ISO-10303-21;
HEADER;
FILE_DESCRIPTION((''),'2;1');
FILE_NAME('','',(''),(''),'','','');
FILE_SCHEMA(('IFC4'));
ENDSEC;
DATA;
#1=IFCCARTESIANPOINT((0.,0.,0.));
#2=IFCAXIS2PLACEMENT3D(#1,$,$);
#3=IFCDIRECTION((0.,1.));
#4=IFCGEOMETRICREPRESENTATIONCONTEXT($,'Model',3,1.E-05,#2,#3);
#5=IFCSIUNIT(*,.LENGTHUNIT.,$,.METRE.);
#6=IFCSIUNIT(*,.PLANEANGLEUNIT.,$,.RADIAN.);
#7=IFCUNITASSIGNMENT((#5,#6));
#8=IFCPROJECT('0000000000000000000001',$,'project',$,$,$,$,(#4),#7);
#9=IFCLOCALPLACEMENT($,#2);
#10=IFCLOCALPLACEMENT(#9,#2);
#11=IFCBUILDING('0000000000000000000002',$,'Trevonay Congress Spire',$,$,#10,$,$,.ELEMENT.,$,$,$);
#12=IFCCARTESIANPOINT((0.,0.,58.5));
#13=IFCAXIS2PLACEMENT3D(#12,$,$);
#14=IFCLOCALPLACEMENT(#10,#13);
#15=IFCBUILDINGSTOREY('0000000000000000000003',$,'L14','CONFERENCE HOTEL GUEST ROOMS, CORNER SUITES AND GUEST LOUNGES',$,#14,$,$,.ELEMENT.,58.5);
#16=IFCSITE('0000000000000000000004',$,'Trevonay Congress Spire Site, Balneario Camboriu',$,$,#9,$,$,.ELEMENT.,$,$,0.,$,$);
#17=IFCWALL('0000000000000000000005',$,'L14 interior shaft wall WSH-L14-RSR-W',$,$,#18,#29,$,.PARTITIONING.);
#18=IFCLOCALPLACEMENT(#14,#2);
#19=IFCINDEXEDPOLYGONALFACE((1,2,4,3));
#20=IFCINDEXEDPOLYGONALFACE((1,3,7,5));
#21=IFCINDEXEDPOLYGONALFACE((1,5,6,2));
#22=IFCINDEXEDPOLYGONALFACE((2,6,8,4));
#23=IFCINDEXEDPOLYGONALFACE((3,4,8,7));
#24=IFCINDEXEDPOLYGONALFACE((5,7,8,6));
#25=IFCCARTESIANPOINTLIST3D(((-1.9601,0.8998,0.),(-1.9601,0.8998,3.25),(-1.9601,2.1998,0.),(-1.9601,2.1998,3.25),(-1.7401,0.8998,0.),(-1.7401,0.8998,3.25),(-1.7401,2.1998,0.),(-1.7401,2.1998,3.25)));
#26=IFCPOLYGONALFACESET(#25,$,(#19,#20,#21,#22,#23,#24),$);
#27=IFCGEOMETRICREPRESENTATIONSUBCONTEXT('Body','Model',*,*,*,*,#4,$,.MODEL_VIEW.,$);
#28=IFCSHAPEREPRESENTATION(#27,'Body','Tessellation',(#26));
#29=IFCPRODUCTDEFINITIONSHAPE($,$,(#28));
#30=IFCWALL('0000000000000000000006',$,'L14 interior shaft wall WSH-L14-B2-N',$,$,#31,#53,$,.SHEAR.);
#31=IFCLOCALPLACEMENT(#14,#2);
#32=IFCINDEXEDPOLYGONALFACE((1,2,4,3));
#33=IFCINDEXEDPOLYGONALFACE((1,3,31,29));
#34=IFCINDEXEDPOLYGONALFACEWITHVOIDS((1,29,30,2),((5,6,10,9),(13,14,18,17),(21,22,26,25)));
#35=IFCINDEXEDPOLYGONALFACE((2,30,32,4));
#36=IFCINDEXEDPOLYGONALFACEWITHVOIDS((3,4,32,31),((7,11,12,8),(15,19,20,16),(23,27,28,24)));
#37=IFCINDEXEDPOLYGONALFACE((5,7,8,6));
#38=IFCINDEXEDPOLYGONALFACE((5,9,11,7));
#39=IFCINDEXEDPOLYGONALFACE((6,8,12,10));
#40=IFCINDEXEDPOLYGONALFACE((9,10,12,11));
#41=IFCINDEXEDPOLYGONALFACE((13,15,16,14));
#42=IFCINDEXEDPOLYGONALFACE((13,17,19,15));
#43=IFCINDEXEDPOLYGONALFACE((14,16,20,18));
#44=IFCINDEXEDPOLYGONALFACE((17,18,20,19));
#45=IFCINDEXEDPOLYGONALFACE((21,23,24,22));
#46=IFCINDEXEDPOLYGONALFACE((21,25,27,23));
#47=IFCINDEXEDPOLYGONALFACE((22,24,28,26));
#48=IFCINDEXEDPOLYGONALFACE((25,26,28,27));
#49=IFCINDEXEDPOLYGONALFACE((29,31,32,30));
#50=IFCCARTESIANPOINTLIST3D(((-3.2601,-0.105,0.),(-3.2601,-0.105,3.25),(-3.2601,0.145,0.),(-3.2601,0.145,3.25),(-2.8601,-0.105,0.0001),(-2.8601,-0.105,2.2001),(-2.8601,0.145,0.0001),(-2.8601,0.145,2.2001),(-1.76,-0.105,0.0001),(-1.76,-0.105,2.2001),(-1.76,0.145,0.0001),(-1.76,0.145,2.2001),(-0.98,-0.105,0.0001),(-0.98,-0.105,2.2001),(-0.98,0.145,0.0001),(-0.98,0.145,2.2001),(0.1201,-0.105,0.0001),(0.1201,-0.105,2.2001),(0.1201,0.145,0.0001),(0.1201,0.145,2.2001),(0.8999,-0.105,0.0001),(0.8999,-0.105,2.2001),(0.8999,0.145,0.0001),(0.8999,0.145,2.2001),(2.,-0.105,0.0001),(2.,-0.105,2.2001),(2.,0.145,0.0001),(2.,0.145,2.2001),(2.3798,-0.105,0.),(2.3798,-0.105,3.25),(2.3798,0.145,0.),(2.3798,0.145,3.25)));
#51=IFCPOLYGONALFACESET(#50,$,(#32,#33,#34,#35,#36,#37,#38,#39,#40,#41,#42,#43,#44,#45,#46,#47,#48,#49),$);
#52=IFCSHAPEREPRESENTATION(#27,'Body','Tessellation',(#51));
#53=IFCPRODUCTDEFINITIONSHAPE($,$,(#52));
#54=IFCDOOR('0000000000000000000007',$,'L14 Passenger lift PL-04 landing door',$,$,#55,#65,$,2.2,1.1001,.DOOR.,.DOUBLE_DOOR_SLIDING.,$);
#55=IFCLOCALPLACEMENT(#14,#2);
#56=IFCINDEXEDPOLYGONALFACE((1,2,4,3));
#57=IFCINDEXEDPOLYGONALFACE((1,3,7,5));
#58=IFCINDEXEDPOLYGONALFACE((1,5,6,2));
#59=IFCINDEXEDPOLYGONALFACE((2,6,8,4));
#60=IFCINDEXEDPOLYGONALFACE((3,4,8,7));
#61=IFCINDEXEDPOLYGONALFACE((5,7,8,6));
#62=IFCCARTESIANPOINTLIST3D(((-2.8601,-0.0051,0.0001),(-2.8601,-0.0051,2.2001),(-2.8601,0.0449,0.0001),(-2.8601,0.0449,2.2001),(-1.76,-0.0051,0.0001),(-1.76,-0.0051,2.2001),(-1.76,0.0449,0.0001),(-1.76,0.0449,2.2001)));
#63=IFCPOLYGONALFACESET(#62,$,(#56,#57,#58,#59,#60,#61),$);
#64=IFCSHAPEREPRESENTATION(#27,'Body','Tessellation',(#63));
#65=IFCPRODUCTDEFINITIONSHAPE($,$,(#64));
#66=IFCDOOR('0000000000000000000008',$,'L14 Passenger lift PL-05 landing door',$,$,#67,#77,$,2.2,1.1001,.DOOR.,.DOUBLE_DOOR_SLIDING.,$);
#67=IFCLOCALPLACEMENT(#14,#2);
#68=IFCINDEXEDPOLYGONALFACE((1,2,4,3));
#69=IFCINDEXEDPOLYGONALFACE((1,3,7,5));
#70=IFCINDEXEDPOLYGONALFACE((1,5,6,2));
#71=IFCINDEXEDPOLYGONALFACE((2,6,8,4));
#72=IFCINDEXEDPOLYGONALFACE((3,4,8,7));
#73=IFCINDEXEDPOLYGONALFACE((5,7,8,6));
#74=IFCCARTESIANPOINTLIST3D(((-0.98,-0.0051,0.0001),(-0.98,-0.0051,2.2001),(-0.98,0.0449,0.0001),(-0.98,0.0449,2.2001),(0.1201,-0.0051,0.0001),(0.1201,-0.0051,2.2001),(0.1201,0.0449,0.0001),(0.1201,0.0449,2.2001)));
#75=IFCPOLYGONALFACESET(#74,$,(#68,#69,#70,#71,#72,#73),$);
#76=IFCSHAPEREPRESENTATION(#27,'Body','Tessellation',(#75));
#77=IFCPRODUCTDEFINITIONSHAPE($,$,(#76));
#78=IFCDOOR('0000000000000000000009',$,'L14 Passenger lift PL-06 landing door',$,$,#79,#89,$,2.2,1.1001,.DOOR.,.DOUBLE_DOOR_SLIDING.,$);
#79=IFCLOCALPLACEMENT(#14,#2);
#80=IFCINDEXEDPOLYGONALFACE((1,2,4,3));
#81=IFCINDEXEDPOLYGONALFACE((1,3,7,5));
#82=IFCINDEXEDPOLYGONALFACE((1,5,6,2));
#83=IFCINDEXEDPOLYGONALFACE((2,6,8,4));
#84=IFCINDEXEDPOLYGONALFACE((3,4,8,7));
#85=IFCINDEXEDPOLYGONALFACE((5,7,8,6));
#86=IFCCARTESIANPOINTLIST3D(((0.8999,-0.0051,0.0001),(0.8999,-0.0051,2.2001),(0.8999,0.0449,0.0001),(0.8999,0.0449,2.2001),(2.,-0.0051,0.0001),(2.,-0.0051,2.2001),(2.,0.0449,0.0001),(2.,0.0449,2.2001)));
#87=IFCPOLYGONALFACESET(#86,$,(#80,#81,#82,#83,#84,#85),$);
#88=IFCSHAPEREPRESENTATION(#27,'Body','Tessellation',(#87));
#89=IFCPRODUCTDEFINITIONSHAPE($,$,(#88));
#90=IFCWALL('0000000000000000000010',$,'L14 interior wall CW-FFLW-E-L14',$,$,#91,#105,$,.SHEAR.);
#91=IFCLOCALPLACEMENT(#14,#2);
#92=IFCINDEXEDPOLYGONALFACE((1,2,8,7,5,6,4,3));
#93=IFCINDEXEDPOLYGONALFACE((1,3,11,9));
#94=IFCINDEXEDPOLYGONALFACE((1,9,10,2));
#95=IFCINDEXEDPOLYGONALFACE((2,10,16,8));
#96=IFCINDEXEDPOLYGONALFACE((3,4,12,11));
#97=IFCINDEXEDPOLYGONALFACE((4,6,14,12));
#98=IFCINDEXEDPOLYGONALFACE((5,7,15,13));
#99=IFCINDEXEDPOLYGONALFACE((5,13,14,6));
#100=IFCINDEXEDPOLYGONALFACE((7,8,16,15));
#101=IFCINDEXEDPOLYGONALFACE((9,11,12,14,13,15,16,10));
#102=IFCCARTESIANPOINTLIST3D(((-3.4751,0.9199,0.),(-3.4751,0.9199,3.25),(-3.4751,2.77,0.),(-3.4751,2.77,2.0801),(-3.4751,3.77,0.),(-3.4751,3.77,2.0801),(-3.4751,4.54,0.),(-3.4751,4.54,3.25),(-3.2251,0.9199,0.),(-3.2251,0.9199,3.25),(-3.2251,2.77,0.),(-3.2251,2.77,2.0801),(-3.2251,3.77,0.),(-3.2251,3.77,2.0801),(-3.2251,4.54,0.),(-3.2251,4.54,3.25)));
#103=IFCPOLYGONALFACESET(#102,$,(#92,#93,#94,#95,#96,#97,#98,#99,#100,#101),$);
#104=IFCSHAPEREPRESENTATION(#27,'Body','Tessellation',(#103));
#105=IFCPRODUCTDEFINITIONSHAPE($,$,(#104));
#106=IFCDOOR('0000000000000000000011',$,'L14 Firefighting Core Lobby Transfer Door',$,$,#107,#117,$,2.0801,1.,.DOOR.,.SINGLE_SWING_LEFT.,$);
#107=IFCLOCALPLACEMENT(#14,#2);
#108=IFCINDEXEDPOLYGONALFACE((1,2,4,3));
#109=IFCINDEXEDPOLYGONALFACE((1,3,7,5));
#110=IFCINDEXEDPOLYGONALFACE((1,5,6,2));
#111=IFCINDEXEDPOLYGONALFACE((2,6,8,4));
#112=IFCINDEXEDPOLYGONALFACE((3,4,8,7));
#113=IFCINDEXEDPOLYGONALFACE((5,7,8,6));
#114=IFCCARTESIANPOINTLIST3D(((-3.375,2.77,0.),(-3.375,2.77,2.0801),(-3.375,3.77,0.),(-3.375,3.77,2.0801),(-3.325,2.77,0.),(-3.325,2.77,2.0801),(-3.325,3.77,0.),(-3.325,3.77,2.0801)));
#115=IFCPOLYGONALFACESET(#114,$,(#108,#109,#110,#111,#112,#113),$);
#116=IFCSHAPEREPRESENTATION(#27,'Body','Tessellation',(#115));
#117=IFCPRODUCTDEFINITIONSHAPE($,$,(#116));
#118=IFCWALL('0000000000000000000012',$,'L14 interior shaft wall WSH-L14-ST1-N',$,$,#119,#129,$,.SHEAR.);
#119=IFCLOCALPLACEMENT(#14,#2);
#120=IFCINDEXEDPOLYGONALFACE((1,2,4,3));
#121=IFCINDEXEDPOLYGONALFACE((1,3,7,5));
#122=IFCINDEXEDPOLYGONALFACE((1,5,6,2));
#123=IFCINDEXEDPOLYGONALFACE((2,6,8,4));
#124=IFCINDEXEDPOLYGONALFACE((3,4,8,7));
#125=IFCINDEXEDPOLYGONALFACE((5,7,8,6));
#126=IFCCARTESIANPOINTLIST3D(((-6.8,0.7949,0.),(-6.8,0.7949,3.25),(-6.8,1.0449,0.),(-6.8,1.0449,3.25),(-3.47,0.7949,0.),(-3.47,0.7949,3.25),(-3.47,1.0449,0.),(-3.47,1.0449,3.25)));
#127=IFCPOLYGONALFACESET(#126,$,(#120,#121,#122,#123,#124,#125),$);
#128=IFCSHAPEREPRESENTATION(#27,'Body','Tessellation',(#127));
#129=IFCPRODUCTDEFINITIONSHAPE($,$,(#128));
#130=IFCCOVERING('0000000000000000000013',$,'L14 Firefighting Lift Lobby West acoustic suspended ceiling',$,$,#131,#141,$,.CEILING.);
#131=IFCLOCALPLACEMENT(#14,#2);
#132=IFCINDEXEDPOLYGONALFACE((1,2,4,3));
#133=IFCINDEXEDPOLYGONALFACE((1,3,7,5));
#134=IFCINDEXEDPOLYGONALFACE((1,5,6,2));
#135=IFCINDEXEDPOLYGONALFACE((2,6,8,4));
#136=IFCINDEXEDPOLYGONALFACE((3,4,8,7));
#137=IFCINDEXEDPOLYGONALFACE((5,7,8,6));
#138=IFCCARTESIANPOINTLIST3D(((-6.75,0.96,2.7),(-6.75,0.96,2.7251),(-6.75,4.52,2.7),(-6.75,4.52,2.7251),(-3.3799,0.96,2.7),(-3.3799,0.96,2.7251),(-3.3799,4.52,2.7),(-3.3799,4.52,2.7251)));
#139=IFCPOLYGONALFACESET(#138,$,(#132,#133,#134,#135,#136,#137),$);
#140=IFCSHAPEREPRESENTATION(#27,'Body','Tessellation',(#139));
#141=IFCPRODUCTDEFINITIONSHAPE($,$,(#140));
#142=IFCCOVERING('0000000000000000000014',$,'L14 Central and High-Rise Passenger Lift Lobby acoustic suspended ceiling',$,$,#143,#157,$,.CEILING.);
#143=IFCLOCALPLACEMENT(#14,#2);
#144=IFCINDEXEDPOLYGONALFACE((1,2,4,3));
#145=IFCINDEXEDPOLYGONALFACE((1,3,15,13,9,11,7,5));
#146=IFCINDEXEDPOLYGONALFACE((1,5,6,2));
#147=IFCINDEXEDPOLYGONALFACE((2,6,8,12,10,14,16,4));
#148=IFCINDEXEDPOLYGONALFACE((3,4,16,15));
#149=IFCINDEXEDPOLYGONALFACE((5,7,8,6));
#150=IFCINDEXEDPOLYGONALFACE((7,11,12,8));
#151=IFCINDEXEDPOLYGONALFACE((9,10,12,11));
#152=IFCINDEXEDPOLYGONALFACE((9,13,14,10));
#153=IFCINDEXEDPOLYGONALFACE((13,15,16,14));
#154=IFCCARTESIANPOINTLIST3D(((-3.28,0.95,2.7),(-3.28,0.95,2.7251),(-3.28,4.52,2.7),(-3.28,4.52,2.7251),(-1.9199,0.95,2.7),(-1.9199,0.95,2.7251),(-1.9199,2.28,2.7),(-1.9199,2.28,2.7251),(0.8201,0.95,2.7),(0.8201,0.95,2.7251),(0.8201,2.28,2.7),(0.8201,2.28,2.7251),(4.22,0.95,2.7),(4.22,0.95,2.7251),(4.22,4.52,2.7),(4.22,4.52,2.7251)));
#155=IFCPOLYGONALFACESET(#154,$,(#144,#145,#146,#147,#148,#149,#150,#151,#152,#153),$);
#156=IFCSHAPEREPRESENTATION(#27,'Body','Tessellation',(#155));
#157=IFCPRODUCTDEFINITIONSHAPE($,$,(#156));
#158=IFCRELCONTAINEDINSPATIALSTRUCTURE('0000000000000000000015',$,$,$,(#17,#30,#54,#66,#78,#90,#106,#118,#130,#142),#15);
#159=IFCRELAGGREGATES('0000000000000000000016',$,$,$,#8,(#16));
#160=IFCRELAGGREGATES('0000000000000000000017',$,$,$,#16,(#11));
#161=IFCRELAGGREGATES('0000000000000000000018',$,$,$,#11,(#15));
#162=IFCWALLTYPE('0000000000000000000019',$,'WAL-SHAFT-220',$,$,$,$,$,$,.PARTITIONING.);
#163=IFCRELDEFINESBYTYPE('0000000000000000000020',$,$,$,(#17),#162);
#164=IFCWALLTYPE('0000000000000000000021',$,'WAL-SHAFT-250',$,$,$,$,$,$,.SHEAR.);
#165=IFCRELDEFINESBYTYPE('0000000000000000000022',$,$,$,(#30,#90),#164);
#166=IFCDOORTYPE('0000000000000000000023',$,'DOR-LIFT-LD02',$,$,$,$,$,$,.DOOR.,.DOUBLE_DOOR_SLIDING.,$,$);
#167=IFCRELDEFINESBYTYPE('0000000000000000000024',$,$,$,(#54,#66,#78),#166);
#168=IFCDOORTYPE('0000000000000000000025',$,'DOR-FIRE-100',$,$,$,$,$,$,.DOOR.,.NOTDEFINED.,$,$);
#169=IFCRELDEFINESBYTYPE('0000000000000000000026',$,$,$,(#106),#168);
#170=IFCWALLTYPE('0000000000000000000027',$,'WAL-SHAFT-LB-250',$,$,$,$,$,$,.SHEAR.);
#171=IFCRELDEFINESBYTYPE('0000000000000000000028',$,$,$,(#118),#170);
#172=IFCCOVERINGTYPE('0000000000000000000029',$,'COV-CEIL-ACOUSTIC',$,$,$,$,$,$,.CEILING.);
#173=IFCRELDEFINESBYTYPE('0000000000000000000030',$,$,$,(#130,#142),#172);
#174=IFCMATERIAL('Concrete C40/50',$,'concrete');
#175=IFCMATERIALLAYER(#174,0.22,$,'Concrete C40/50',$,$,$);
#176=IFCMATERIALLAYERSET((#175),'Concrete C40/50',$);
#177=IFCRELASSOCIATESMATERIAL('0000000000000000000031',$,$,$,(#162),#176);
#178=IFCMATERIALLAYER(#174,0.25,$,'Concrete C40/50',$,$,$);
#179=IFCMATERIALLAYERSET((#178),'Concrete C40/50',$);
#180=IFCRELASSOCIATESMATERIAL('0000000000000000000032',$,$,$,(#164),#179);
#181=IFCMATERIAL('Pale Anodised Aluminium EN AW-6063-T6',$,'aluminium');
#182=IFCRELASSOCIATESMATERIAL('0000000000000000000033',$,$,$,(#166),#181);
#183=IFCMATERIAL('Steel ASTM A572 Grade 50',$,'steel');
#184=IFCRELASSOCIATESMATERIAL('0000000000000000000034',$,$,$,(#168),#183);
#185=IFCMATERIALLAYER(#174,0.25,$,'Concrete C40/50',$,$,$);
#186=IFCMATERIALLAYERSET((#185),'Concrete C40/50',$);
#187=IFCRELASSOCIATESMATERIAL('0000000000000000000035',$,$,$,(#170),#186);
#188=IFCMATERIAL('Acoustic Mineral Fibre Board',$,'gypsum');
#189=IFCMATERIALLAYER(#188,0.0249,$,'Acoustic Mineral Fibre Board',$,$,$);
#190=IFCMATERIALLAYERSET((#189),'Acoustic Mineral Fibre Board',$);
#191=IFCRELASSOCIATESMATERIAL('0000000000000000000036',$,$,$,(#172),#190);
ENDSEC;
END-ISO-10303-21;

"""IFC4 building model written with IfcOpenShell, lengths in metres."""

from ifc_helpers import new_model, si_unit, direction, frame, frame_2d, origin, place, context, subcontext, project, spatial, polyline, rectangle, outline, extrude, material, layer, layer_set, type_object, element, fill, save


model = new_model("IFC4")

# Units and contexts
model_context = context("Model", 3, precision=1e-05, world=origin(), true_north=direction((0.0, 1.0)))
body_context = subcontext(model_context, "Body", "Model", "MODEL_VIEW")
ifc_project = project(units=[si_unit("LENGTHUNIT", "METRE"), si_unit("PLANEANGLEUNIT", "RADIAN")], contexts=[model_context])

# Site, building, storey
site_placement = place(None, origin())
site = spatial("IfcSite", under=ifc_project, at=site_placement, Name="Trevonay Congress Spire Site, Balneario Camboriu", CompositionType="ELEMENT", RefElevation=0.0)
building_placement = place(site_placement, origin())
building = spatial("IfcBuilding", under=site, at=building_placement, Name="Trevonay Congress Spire", CompositionType="ELEMENT")
storey_placement = place(building_placement, frame((0.0, 0.0, 58.5)))
storey = spatial("IfcBuildingStorey", under=building, at=storey_placement, Name="L14", Description="CONFERENCE HOTEL GUEST ROOMS, CORNER SUITES AND GUEST LOUNGES", CompositionType="ELEMENT", Elevation=58.5)

# Shared definitions
ifc_material_1 = material(Name="Steel ASTM A572 Grade 50", Category="steel")

# Shared definitions
ifc_material_2 = material(Name="Concrete C40/50", Category="concrete")

# Wall
ifc_layer_1 = layer(ifc_material_2, 0.22, Name="Concrete C40/50")
ifc_layer_set_1 = layer_set([ifc_layer_1], Name="Concrete C40/50")
wall_type_1 = type_object("IfcWallType", Name="WAL-SHAFT-220", PredefinedType="PARTITIONING", material=ifc_layer_set_1)
for number, where, z_axis, x_axis, name in (
    (1, (-1.8501, 0.8999, 0.0), (0.0, 0.0, 1.0), (0.0, 1.0, 0.0), "L14 interior shaft wall WSH-L14-RSR-W"),
):
    element("IfcWall", number, at=place(storey_placement, frame(where, z_axis=z_axis, x_axis=x_axis)), inside=storey, type_object=wall_type_1, Name=name, PredefinedType="PARTITIONING", context=body_context, shape_type="SweptSolid", body=[
        extrude(rectangle(XDim=1.3, YDim=0.22, at=frame_2d((0.6499, 0.0))), origin(), (0.0, 0.0, 1.0), 3.25),
    ])

# Wall, openings, doors
ifc_layer_2 = layer(ifc_material_2, 0.25, Name="Concrete C40/50")
ifc_layer_set_2 = layer_set([ifc_layer_2], Name="Concrete C40/50")
wall_type_2 = type_object("IfcWallType", Name="WAL-SHAFT-250", PredefinedType="SHEAR", material=ifc_layer_set_2)
wall_1_placement = place(storey_placement, frame((-3.26, 0.02, 0.0), z_axis=(0.0, 0.0, 1.0), x_axis=(1.0, 0.0, 0.0)))
wall_1 = element("IfcWall", 2, at=wall_1_placement, inside=storey, type_object=wall_type_2, Name="L14 interior shaft wall WSH-L14-B2-N", PredefinedType="SHEAR", context=body_context, shape_type="SweptSolid", body=[
    extrude(rectangle(XDim=5.6399, YDim=0.25, at=frame_2d((2.8198, 0.0))), origin(), (0.0, 0.0, 1.0), 3.25),
])
opening_1_placement = place(wall_1_placement, frame((0.3999, 0.0, 0.0)))
opening_1 = element("IfcOpeningElement", 3, at=opening_1_placement, cuts=wall_1, PredefinedType="OPENING", context=body_context, shape_type="SweptSolid", body=[
    extrude(rectangle(XDim=1.1001, YDim=2.2, at=frame_2d((0.55, 1.1001))), frame((0.0, 0.135, 0.0), z_axis=(0.0, -1.0, 0.0), x_axis=(1.0, 0.0, 0.0)), (0.0, 0.0, 1.0), 0.27),
])
opening_2_placement = place(wall_1_placement, frame((2.28, 0.0, 0.0)))
opening_2 = element("IfcOpeningElement", 4, at=opening_2_placement, cuts=wall_1, PredefinedType="OPENING", context=body_context, shape_type="SweptSolid", body=[
    extrude(rectangle(XDim=1.1001, YDim=2.2, at=frame_2d((0.55, 1.1001))), frame((0.0, 0.135, 0.0), z_axis=(0.0, -1.0, 0.0), x_axis=(1.0, 0.0, 0.0)), (0.0, 0.0, 1.0), 0.27),
])
opening_3_placement = place(wall_1_placement, frame((4.1599, 0.0, 0.0)))
opening_3 = element("IfcOpeningElement", 5, at=opening_3_placement, cuts=wall_1, PredefinedType="OPENING", context=body_context, shape_type="SweptSolid", body=[
    extrude(rectangle(XDim=1.1001, YDim=2.2, at=frame_2d((0.55, 1.1001))), frame((0.0, 0.135, 0.0), z_axis=(0.0, -1.0, 0.0), x_axis=(1.0, 0.0, 0.0)), (0.0, 0.0, 1.0), 0.27),
])
ifc_material_3 = material(Name="Pale Anodised Aluminium EN AW-6063-T6", Category="aluminium")
door_type_1 = type_object("IfcDoorType", Name="DOR-LIFT-LD02", OperationType="DOUBLE_DOOR_SLIDING", PredefinedType="DOOR", material=ifc_material_3)
door_1_placement = place(opening_1_placement, origin())
door_1 = element("IfcDoor", 6, at=door_1_placement, inside=storey, type_object=door_type_1, Name="L14 Passenger lift PL-04 landing door", OperationType="DOUBLE_DOOR_SLIDING", OverallHeight=2.2, OverallWidth=1.1001, PredefinedType="DOOR", context=body_context, shape_type="SweptSolid", body=[
    extrude(rectangle(XDim=1.1001, YDim=2.2, at=frame_2d((0.55, 1.1001))), frame((0.0, 0.0249, 0.0), z_axis=(0.0, -1.0, 0.0), x_axis=(1.0, 0.0, 0.0)), (0.0, 0.0, 1.0), 0.05),
])
fill(opening_1, door_1)
door_2_placement = place(opening_2_placement, origin())
door_2 = element("IfcDoor", 7, at=door_2_placement, inside=storey, type_object=door_type_1, Name="L14 Passenger lift PL-05 landing door", OperationType="DOUBLE_DOOR_SLIDING", OverallHeight=2.2, OverallWidth=1.1001, PredefinedType="DOOR", context=body_context, shape_type="SweptSolid", body=[
    extrude(rectangle(XDim=1.1001, YDim=2.2, at=frame_2d((0.55, 1.1001))), frame((0.0, 0.0249, 0.0), z_axis=(0.0, -1.0, 0.0), x_axis=(1.0, 0.0, 0.0)), (0.0, 0.0, 1.0), 0.05),
])
fill(opening_2, door_2)
door_3_placement = place(opening_3_placement, origin())
door_3 = element("IfcDoor", 8, at=door_3_placement, inside=storey, type_object=door_type_1, Name="L14 Passenger lift PL-06 landing door", OperationType="DOUBLE_DOOR_SLIDING", OverallHeight=2.2, OverallWidth=1.1001, PredefinedType="DOOR", context=body_context, shape_type="SweptSolid", body=[
    extrude(rectangle(XDim=1.1001, YDim=2.2, at=frame_2d((0.55, 1.1001))), frame((0.0, 0.0249, 0.0), z_axis=(0.0, -1.0, 0.0), x_axis=(1.0, 0.0, 0.0)), (0.0, 0.0, 1.0), 0.05),
])
fill(opening_3, door_3)

# Wall, opening, door
wall_2_placement = place(storey_placement, frame((-3.3501, 0.9199, 0.0), z_axis=(0.0, 0.0, 1.0), x_axis=(0.0, 1.0, 0.0)))
wall_2 = element("IfcWall", 9, at=wall_2_placement, inside=storey, type_object=wall_type_2, Name="L14 interior wall CW-FFLW-E-L14", PredefinedType="SHEAR", context=body_context, shape_type="SweptSolid", body=[
    extrude(rectangle(XDim=3.6201, YDim=0.25, at=frame_2d((1.8101, 0.0))), origin(), (0.0, 0.0, 1.0), 3.25),
])
opening_4_placement = place(wall_2_placement, frame((1.8501, 0.0, 0.0)))
opening_4 = element("IfcOpeningElement", 10, at=opening_4_placement, cuts=wall_2, PredefinedType="OPENING", context=body_context, shape_type="SweptSolid", body=[
    extrude(rectangle(XDim=1.0, YDim=2.0801, at=frame_2d((0.5, 1.04))), frame((0.0, 0.135, 0.0), z_axis=(0.0, -1.0, 0.0), x_axis=(1.0, 0.0, 0.0)), (0.0, 0.0, 1.0), 0.27),
])
door_type_2 = type_object("IfcDoorType", Name="DOR-FIRE-100", OperationType="NOTDEFINED", PredefinedType="DOOR", material=ifc_material_1)
door_4_placement = place(opening_4_placement, origin())
door_4 = element("IfcDoor", 11, at=door_4_placement, inside=storey, type_object=door_type_2, Name="L14 Firefighting Core Lobby Transfer Door", OperationType="SINGLE_SWING_LEFT", OverallHeight=2.0801, OverallWidth=1.0, PredefinedType="DOOR", context=body_context, shape_type="SweptSolid", body=[
    extrude(rectangle(XDim=1.0, YDim=2.0801, at=frame_2d((0.5, 1.04))), frame((0.0, 0.0249, 0.0), z_axis=(0.0, -1.0, 0.0), x_axis=(1.0, 0.0, 0.0)), (0.0, 0.0, 1.0), 0.05),
])
fill(opening_4, door_4)

# Wall
ifc_layer_3 = layer(ifc_material_2, 0.25, Name="Concrete C40/50")
ifc_layer_set_3 = layer_set([ifc_layer_3], Name="Concrete C40/50")
wall_type_3 = type_object("IfcWallType", Name="WAL-SHAFT-LB-250", PredefinedType="SHEAR", material=ifc_layer_set_3)
wall_3_placement = place(storey_placement, frame((-6.8, 0.9199, 0.0), z_axis=(0.0, 0.0, 1.0), x_axis=(1.0, 0.0, 0.0)))
element("IfcWall", 12, at=wall_3_placement, inside=storey, type_object=wall_type_3, Name="L14 interior shaft wall WSH-L14-ST1-N", PredefinedType="SHEAR", context=body_context, shape_type="SweptSolid", body=[
    extrude(rectangle(XDim=3.3301, YDim=0.25, at=frame_2d((1.665, 0.0))), origin(), (0.0, 0.0, 1.0), 3.25),
])

# Coverings
ifc_material_4 = material(Name="Acoustic Mineral Fibre Board", Category="gypsum")
ifc_layer_4 = layer(ifc_material_4, 0.0249, Name="Acoustic Mineral Fibre Board")
ifc_layer_set_4 = layer_set([ifc_layer_4], Name="Acoustic Mineral Fibre Board")
covering_type_1 = type_object("IfcCoveringType", Name="COV-CEIL-ACOUSTIC", PredefinedType="CEILING", material=ifc_layer_set_4)
covering_1_placement = place(storey_placement, frame((0.0, 0.0, 2.7)))
element("IfcCovering", 13, at=covering_1_placement, inside=storey, type_object=covering_type_1, Name="L14 Firefighting Lift Lobby West acoustic suspended ceiling", PredefinedType="CEILING", context=body_context, shape_type="SweptSolid", body=[
    extrude(outline(polyline([(-6.75, 0.96), (-3.3799, 0.96), (-3.3799, 4.52), (-6.75, 4.52), (-6.75, 0.96)])), origin(), (0.0, 0.0, 1.0), 0.0251),
])
covering_2_placement = place(storey_placement, frame((0.0, 0.0, 2.7)))
element("IfcCovering", 14, at=covering_2_placement, inside=storey, type_object=covering_type_1, Name="L14 Central and High-Rise Passenger Lift Lobby acoustic suspended ceiling", PredefinedType="CEILING", context=body_context, shape_type="SweptSolid", body=[
    extrude(outline(polyline([(-3.28, 0.95), (-1.9199, 0.95), (-1.9199, 2.28), (0.8201, 2.28), (0.8201, 0.95), (4.22, 0.95), (4.22, 4.52), (-3.28, 4.52), (-3.28, 0.95)])), origin(), (0.0, 0.0, 1.0), 0.0251),
])

save(model, "model.ifc")
